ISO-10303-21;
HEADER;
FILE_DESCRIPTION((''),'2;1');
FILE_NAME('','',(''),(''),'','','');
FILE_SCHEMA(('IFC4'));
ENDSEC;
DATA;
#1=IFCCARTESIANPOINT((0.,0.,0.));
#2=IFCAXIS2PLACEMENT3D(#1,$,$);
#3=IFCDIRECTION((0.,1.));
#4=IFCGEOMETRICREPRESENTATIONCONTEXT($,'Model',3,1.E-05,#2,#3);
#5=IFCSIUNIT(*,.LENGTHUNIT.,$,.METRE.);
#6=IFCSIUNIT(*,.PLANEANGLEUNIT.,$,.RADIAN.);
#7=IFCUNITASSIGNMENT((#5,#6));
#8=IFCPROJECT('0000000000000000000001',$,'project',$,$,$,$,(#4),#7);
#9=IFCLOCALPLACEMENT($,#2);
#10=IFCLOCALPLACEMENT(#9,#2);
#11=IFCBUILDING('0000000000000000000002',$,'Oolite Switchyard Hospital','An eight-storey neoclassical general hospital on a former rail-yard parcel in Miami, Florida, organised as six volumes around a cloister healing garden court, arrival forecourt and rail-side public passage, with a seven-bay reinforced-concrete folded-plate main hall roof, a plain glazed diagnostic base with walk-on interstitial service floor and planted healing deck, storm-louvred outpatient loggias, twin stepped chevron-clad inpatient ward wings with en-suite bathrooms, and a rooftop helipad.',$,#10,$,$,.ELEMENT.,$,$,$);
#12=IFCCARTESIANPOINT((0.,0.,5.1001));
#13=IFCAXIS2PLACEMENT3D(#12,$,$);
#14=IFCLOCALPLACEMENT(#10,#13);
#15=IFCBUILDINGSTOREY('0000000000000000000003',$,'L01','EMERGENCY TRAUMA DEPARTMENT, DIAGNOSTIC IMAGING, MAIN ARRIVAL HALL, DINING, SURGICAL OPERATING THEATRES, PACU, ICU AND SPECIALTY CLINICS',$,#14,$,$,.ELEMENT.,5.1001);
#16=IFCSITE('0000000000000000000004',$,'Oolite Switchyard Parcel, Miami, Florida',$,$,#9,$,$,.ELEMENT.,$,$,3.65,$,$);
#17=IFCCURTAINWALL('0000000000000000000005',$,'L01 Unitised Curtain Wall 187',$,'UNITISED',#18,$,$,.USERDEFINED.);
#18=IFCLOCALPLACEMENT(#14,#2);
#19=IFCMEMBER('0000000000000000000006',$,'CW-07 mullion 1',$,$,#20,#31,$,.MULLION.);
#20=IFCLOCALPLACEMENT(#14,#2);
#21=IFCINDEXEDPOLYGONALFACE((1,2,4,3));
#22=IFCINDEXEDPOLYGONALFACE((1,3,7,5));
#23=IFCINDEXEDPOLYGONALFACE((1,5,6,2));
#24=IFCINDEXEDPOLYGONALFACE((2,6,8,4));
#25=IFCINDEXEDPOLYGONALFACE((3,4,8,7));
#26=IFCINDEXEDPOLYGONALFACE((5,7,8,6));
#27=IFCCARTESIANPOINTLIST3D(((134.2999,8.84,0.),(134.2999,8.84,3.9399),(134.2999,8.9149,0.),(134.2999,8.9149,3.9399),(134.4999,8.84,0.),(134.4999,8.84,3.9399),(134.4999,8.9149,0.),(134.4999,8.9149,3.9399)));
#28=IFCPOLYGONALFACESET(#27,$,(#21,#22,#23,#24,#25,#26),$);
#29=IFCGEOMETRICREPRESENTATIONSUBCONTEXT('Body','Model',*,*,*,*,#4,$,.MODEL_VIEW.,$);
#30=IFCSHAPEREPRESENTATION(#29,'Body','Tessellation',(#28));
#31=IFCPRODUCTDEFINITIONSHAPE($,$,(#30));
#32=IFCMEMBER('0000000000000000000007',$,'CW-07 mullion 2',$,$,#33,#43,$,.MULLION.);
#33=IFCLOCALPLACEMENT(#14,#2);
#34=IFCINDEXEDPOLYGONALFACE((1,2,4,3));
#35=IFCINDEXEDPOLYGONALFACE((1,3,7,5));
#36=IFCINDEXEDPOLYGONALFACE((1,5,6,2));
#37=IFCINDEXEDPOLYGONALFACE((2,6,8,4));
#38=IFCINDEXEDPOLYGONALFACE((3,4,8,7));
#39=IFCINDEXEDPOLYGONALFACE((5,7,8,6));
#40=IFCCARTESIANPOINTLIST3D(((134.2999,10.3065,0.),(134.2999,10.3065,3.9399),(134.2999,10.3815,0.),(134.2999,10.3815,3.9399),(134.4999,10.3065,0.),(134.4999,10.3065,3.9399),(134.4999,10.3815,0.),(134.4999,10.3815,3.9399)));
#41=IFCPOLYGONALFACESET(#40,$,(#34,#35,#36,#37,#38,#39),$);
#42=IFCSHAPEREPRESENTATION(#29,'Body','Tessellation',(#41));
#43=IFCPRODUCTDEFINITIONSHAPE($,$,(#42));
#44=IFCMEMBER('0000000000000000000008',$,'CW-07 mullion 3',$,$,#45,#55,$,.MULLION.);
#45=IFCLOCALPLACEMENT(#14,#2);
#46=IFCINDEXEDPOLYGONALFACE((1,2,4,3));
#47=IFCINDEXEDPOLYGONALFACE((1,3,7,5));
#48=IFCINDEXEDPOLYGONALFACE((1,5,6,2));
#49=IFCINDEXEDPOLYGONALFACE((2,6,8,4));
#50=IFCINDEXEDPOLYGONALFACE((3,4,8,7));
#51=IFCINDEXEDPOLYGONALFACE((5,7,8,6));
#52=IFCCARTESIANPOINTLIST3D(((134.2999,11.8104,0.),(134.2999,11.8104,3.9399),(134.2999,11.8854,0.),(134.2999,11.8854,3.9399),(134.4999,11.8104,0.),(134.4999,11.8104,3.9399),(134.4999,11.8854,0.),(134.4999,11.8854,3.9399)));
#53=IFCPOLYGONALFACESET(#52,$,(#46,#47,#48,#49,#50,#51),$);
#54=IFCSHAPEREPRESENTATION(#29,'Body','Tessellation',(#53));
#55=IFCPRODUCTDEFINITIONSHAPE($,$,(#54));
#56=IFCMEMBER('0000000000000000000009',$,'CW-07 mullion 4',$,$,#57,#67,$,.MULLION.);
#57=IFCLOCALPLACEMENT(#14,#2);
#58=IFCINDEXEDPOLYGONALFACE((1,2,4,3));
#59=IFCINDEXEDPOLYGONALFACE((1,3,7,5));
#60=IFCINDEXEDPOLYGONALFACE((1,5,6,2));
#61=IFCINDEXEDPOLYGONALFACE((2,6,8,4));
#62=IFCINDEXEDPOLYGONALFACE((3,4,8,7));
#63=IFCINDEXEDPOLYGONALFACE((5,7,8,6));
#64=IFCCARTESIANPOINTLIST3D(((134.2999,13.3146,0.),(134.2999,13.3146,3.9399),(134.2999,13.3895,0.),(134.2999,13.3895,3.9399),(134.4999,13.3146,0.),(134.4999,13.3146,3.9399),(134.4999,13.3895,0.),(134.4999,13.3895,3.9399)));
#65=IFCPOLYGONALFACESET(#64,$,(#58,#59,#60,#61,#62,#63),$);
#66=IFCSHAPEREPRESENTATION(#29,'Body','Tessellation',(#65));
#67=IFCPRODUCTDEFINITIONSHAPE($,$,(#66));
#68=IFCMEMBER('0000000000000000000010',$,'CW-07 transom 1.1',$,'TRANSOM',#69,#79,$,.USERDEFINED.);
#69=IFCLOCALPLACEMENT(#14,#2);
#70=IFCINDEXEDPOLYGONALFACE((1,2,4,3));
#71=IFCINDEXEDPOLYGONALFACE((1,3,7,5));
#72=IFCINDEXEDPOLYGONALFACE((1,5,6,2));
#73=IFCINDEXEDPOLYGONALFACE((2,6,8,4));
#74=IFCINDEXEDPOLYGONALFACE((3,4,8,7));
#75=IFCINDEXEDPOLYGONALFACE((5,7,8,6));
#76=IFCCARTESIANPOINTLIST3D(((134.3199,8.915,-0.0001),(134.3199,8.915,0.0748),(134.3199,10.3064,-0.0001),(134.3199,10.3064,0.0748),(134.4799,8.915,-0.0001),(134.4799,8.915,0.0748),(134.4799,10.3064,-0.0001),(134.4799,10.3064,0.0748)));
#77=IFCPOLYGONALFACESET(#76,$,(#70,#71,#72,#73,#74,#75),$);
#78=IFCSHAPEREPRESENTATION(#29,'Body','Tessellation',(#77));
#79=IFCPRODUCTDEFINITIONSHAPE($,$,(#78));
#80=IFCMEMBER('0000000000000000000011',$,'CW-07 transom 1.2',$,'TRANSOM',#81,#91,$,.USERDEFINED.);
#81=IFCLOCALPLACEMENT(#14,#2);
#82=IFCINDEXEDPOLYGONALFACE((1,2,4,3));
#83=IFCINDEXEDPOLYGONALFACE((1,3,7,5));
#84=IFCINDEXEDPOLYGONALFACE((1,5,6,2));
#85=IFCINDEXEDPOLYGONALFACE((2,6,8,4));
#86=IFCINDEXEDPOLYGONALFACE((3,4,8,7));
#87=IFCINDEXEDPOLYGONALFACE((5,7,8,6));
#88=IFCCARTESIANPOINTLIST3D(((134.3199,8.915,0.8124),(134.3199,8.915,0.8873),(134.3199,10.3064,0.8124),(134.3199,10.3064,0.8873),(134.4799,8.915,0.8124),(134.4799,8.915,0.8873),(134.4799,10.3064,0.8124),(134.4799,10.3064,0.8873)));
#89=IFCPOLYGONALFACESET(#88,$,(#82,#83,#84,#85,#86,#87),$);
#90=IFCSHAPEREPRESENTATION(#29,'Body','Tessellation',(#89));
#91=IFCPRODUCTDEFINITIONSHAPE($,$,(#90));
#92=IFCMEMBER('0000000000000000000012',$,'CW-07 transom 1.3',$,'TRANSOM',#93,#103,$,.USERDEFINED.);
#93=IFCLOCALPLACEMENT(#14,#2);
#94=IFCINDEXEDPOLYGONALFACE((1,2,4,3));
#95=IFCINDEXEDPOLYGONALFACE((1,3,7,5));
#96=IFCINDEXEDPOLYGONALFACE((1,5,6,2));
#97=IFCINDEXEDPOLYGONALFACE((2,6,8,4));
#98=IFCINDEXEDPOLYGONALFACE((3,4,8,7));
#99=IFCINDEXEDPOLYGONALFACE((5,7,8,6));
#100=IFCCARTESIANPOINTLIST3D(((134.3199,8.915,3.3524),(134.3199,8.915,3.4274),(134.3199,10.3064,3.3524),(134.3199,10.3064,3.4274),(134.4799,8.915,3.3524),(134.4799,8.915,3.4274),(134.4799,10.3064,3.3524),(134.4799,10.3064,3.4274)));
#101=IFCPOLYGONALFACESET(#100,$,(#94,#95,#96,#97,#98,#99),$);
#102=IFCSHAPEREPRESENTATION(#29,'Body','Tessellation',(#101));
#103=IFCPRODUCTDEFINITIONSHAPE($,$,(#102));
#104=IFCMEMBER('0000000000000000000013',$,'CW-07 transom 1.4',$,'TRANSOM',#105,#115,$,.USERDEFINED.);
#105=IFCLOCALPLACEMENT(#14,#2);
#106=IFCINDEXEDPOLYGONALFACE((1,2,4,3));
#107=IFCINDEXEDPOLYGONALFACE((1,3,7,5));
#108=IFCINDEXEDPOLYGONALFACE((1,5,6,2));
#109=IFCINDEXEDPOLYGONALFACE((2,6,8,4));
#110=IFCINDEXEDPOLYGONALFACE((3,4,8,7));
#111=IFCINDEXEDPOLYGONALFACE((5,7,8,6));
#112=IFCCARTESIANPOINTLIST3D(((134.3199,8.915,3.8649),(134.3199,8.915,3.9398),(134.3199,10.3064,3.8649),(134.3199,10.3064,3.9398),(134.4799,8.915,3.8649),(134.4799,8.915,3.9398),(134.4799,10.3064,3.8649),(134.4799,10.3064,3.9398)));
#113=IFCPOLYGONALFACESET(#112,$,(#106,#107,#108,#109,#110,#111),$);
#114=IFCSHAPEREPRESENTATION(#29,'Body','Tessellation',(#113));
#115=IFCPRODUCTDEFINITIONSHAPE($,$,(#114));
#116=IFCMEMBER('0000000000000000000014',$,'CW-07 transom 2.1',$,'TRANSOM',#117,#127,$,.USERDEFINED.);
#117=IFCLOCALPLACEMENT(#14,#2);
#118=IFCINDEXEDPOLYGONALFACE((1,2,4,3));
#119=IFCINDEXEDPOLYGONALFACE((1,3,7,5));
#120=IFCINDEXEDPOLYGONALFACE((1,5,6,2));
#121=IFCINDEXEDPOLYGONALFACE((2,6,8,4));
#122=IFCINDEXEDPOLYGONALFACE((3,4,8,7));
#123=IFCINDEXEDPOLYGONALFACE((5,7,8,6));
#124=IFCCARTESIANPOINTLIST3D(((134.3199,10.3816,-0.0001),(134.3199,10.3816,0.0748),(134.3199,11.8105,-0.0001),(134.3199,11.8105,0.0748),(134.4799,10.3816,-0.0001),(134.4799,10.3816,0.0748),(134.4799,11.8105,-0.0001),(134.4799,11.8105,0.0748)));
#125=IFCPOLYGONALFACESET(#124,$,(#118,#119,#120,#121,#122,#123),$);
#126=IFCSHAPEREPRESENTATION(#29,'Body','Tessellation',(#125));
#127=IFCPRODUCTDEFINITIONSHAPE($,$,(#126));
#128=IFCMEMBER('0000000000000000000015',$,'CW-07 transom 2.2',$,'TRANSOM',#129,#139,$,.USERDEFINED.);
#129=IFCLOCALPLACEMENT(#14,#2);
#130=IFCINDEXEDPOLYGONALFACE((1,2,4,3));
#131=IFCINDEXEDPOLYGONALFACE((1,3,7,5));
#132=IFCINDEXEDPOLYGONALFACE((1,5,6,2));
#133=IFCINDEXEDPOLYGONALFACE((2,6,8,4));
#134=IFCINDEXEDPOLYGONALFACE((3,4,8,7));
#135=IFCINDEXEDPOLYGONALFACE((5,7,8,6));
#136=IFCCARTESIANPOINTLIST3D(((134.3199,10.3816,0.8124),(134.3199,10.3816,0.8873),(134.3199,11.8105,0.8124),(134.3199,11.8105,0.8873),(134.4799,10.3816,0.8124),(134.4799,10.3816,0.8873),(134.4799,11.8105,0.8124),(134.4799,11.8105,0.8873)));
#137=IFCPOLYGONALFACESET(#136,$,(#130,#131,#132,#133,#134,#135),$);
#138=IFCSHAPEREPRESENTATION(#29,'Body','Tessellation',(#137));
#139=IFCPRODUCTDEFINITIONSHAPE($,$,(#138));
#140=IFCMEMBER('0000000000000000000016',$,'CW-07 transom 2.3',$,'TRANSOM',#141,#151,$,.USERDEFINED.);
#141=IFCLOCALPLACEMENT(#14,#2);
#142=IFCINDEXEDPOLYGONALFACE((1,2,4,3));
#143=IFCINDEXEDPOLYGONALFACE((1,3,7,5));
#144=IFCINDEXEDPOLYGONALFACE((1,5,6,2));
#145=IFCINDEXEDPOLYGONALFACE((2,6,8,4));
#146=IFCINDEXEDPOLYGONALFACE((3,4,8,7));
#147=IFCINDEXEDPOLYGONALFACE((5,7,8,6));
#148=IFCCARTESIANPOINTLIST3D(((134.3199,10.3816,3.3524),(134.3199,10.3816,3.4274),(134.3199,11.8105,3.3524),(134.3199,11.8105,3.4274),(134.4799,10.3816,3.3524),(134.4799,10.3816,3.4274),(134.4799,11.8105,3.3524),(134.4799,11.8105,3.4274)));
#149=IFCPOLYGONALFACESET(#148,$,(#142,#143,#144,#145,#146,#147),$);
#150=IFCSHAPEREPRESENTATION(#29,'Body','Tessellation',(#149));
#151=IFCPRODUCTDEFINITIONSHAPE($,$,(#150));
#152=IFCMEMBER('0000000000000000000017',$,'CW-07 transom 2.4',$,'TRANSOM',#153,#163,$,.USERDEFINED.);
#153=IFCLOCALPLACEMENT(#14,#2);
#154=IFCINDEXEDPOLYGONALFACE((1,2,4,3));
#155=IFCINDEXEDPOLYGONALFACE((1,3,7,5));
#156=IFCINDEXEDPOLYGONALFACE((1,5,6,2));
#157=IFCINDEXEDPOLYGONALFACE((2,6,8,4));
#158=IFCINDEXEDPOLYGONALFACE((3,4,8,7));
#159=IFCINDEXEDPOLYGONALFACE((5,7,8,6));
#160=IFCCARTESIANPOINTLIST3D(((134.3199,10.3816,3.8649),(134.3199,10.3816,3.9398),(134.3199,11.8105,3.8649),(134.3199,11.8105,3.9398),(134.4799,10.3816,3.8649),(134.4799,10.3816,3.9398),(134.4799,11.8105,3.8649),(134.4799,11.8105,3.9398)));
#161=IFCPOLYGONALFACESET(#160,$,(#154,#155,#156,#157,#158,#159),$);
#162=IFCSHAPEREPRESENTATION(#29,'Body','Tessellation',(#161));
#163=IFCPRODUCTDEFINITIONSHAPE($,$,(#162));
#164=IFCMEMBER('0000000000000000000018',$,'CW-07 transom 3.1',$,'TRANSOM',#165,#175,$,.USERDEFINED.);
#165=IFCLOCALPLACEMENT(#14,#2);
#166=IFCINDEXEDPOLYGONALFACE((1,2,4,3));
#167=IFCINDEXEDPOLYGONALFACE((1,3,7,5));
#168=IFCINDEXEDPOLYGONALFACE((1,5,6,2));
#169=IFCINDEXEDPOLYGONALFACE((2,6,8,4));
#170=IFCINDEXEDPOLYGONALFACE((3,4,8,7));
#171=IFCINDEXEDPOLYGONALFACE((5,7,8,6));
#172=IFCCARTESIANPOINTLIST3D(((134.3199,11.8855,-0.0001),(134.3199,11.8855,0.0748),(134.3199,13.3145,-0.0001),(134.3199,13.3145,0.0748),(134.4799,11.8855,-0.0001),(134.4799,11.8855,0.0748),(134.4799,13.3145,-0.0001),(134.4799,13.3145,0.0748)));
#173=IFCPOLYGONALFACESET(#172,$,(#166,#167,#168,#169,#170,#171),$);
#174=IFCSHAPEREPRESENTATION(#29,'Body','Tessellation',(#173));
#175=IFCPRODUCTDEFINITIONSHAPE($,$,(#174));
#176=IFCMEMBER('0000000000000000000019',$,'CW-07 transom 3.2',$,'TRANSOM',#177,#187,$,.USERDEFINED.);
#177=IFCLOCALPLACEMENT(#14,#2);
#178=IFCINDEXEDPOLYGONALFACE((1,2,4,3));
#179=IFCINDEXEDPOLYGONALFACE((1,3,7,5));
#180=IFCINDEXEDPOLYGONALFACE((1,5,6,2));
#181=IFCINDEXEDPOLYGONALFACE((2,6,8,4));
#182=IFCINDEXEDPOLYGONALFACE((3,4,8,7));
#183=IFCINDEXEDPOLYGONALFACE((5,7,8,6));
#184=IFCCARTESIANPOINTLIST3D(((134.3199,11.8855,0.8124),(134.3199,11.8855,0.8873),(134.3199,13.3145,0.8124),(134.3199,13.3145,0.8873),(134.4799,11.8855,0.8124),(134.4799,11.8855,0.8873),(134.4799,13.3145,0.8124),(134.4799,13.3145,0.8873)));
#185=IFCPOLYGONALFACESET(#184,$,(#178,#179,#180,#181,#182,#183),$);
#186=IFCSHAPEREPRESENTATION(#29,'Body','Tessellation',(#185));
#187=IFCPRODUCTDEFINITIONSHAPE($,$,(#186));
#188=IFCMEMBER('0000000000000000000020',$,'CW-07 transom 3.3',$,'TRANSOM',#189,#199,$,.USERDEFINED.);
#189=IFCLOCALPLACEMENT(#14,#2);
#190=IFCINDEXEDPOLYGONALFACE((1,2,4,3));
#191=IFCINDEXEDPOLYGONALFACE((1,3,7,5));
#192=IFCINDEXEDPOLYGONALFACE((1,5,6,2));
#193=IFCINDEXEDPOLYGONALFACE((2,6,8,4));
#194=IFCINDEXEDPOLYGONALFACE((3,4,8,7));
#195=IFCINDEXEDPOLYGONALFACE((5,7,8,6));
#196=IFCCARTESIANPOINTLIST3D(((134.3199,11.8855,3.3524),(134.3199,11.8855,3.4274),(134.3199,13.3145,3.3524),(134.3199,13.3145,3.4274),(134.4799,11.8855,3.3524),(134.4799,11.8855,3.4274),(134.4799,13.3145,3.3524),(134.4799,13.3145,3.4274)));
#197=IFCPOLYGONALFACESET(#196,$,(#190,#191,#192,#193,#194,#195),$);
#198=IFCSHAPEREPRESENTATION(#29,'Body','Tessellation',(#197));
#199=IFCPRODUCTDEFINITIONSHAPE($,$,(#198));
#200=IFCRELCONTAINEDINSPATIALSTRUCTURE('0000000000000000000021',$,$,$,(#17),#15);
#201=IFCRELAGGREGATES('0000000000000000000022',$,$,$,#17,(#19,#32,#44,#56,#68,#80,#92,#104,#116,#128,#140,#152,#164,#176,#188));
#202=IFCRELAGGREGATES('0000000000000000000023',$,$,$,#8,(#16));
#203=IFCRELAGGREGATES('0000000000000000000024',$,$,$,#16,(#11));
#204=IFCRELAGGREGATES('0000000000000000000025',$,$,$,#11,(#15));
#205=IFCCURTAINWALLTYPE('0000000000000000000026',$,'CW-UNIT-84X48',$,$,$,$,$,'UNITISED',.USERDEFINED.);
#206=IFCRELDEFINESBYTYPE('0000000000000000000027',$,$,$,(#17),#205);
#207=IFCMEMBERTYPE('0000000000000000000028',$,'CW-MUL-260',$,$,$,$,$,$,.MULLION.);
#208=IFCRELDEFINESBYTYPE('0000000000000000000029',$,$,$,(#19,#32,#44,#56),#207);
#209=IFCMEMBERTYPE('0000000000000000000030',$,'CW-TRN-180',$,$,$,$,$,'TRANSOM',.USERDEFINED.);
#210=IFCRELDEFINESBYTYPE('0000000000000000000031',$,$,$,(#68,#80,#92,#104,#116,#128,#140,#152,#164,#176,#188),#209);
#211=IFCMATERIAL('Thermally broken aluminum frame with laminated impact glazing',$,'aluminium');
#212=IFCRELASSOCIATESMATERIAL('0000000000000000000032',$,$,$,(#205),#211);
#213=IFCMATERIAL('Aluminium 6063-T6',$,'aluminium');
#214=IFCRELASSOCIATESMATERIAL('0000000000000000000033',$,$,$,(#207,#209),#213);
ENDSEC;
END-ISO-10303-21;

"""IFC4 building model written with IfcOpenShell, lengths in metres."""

from ifc_helpers import new_model, si_unit, direction, frame, origin, origin_2d, place, context, subcontext, project, spatial, rectangle, extrude, material, material_profile, profile_set, type_object, element, aggregate, save


model = new_model("IFC4")

# Units and contexts
model_context = context("Model", 3, precision=1e-05, world=origin(), true_north=direction((0.0, 1.0)))
body_context = subcontext(model_context, "Body", "Model", "MODEL_VIEW")
ifc_project = project(units=[si_unit("LENGTHUNIT", "METRE"), si_unit("PLANEANGLEUNIT", "RADIAN")], contexts=[model_context])

# Site, building, storey
site_placement = place(None, origin())
site = spatial("IfcSite", under=ifc_project, at=site_placement, Name="Oolite Switchyard Parcel, Miami, Florida", CompositionType="ELEMENT", RefElevation=3.65)
building_placement = place(site_placement, origin())
building = spatial("IfcBuilding", under=site, at=building_placement, Name="Oolite Switchyard Hospital", Description="An eight-storey neoclassical general hospital on a former rail-yard parcel in Miami, Florida, organised as six volumes around a cloister healing garden court, arrival forecourt and rail-side public passage, with a seven-bay reinforced-concrete folded-plate main hall roof, a plain glazed diagnostic base with walk-on interstitial service floor and planted healing deck, storm-louvred outpatient loggias, twin stepped chevron-clad inpatient ward wings with en-suite bathrooms, and a rooftop helipad.", CompositionType="ELEMENT")
storey_placement = place(building_placement, frame((0.0, 0.0, 5.1001)))
storey = spatial("IfcBuildingStorey", under=building, at=storey_placement, Name="L01", Description="EMERGENCY TRAUMA DEPARTMENT, DIAGNOSTIC IMAGING, MAIN ARRIVAL HALL, DINING, SURGICAL OPERATING THEATRES, PACU, ICU AND SPECIALTY CLINICS", CompositionType="ELEMENT", Elevation=5.1001)

# Curtain wall, members
ifc_material_1 = material(Name="Thermally broken aluminum frame with laminated impact glazing", Category="aluminium")
curtain_wall_type = type_object("IfcCurtainWallType", Name="CW-UNIT-84X48", ElementType="UNITISED", PredefinedType="USERDEFINED", material=ifc_material_1)
curtain_wall_placement = place(storey_placement, origin())
curtain_wall = element("IfcCurtainWall", 1, at=curtain_wall_placement, inside=storey, type_object=curtain_wall_type, Name="L01 Unitised Curtain Wall 187", ObjectType="UNITISED", PredefinedType="USERDEFINED")
ifc_material_2 = material(Name="Aluminium 6063-T6", Category="aluminium")
ifc_material_profile_1 = material_profile(ifc_material_2, rectangle(XDim=0.2, YDim=0.075, at=origin_2d()), Name="CWM75X200")
ifc_profile_set_1 = profile_set([ifc_material_profile_1], Name="Aluminium 6063-T6")
member_type_1 = type_object("IfcMemberType", Name="CW-MUL-260", PredefinedType="MULLION", material=ifc_profile_set_1)
member_1_placement = place(storey_placement, frame((134.3999, 8.8774, 0.0), z_axis=(0.0, 0.0, 1.0), x_axis=(-1.0, 0.0, 0.0)))
member_1 = element("IfcMember", 2, at=member_1_placement, type_object=member_type_1, Name="CW-07 mullion 1", PredefinedType="MULLION", context=body_context, shape_type="SweptSolid", body=[
    extrude(rectangle(XDim=0.2, YDim=0.075, at=origin_2d()), origin(), (0.0, 0.0, 1.0), 3.9399),
])
member_2_placement = place(storey_placement, frame((134.3999, 10.344, 0.0), z_axis=(0.0, 0.0, 1.0), x_axis=(-1.0, 0.0, 0.0)))
member_2 = element("IfcMember", 3, at=member_2_placement, type_object=member_type_1, Name="CW-07 mullion 2", PredefinedType="MULLION", context=body_context, shape_type="SweptSolid", body=[
    extrude(rectangle(XDim=0.2, YDim=0.075, at=origin_2d()), origin(), (0.0, 0.0, 1.0), 3.9399),
])
member_3_placement = place(storey_placement, frame((134.3999, 11.8479, 0.0), z_axis=(0.0, 0.0, 1.0), x_axis=(-1.0, 0.0, 0.0)))
member_3 = element("IfcMember", 4, at=member_3_placement, type_object=member_type_1, Name="CW-07 mullion 3", PredefinedType="MULLION", context=body_context, shape_type="SweptSolid", body=[
    extrude(rectangle(XDim=0.2, YDim=0.075, at=origin_2d()), origin(), (0.0, 0.0, 1.0), 3.9399),
])
member_4_placement = place(storey_placement, frame((134.3999, 13.3521, 0.0), z_axis=(0.0, 0.0, 1.0), x_axis=(-1.0, 0.0, 0.0)))
member_4 = element("IfcMember", 5, at=member_4_placement, type_object=member_type_1, Name="CW-07 mullion 4", PredefinedType="MULLION", context=body_context, shape_type="SweptSolid", body=[
    extrude(rectangle(XDim=0.2, YDim=0.075, at=origin_2d()), origin(), (0.0, 0.0, 1.0), 3.9399),
])
ifc_material_profile_2 = material_profile(ifc_material_2, rectangle(XDim=0.1599, YDim=0.075, at=origin_2d()), Name="CWT75X160")
ifc_profile_set_2 = profile_set([ifc_material_profile_2], Name="Aluminium 6063-T6")
member_type_2 = type_object("IfcMemberType", Name="CW-TRN-180", ElementType="TRANSOM", PredefinedType="USERDEFINED", material=ifc_profile_set_2)
member_5_placement = place(storey_placement, frame((134.3999, 8.915, 0.0374), z_axis=(0.0, 1.0, 0.0), x_axis=(-1.0, 0.0, 0.0)))
member_5 = element("IfcMember", 6, at=member_5_placement, type_object=member_type_2, Name="CW-07 transom 1.1", ObjectType="TRANSOM", PredefinedType="USERDEFINED", context=body_context, shape_type="SweptSolid", body=[
    extrude(rectangle(XDim=0.1599, YDim=0.075, at=origin_2d()), origin(), (0.0, 0.0, 1.0), 1.3914),
])
member_6_placement = place(storey_placement, frame((134.3999, 8.915, 0.8499), z_axis=(0.0, 1.0, 0.0), x_axis=(-1.0, 0.0, 0.0)))
member_6 = element("IfcMember", 7, at=member_6_placement, type_object=member_type_2, Name="CW-07 transom 1.2", ObjectType="TRANSOM", PredefinedType="USERDEFINED", context=body_context, shape_type="SweptSolid", body=[
    extrude(rectangle(XDim=0.1599, YDim=0.075, at=origin_2d()), origin(), (0.0, 0.0, 1.0), 1.3914),
])
member_7_placement = place(storey_placement, frame((134.3999, 8.915, 3.3899), z_axis=(0.0, 1.0, 0.0), x_axis=(-1.0, 0.0, 0.0)))
member_7 = element("IfcMember", 8, at=member_7_placement, type_object=member_type_2, Name="CW-07 transom 1.3", ObjectType="TRANSOM", PredefinedType="USERDEFINED", context=body_context, shape_type="SweptSolid", body=[
    extrude(rectangle(XDim=0.1599, YDim=0.075, at=origin_2d()), origin(), (0.0, 0.0, 1.0), 1.3914),
])
member_8_placement = place(storey_placement, frame((134.3999, 8.915, 3.9023), z_axis=(0.0, 1.0, 0.0), x_axis=(-1.0, 0.0, 0.0)))
member_8 = element("IfcMember", 9, at=member_8_placement, type_object=member_type_2, Name="CW-07 transom 1.4", ObjectType="TRANSOM", PredefinedType="USERDEFINED", context=body_context, shape_type="SweptSolid", body=[
    extrude(rectangle(XDim=0.1599, YDim=0.075, at=origin_2d()), origin(), (0.0, 0.0, 1.0), 1.3914),
])
member_9_placement = place(storey_placement, frame((134.3999, 10.3816, 0.0374), z_axis=(0.0, 1.0, 0.0), x_axis=(-1.0, 0.0, 0.0)))
member_9 = element("IfcMember", 10, at=member_9_placement, type_object=member_type_2, Name="CW-07 transom 2.1", ObjectType="TRANSOM", PredefinedType="USERDEFINED", context=body_context, shape_type="SweptSolid", body=[
    extrude(rectangle(XDim=0.1599, YDim=0.075, at=origin_2d()), origin(), (0.0, 0.0, 1.0), 1.429),
])
member_10_placement = place(storey_placement, frame((134.3999, 10.3816, 0.8499), z_axis=(0.0, 1.0, 0.0), x_axis=(-1.0, 0.0, 0.0)))
member_10 = element("IfcMember", 11, at=member_10_placement, type_object=member_type_2, Name="CW-07 transom 2.2", ObjectType="TRANSOM", PredefinedType="USERDEFINED", context=body_context, shape_type="SweptSolid", body=[
    extrude(rectangle(XDim=0.1599, YDim=0.075, at=origin_2d()), origin(), (0.0, 0.0, 1.0), 1.429),
])
member_11_placement = place(storey_placement, frame((134.3999, 10.3816, 3.3899), z_axis=(0.0, 1.0, 0.0), x_axis=(-1.0, 0.0, 0.0)))
member_11 = element("IfcMember", 12, at=member_11_placement, type_object=member_type_2, Name="CW-07 transom 2.3", ObjectType="TRANSOM", PredefinedType="USERDEFINED", context=body_context, shape_type="SweptSolid", body=[
    extrude(rectangle(XDim=0.1599, YDim=0.075, at=origin_2d()), origin(), (0.0, 0.0, 1.0), 1.429),
])
member_12_placement = place(storey_placement, frame((134.3999, 10.3816, 3.9023), z_axis=(0.0, 1.0, 0.0), x_axis=(-1.0, 0.0, 0.0)))
member_12 = element("IfcMember", 13, at=member_12_placement, type_object=member_type_2, Name="CW-07 transom 2.4", ObjectType="TRANSOM", PredefinedType="USERDEFINED", context=body_context, shape_type="SweptSolid", body=[
    extrude(rectangle(XDim=0.1599, YDim=0.075, at=origin_2d()), origin(), (0.0, 0.0, 1.0), 1.429),
])
member_13_placement = place(storey_placement, frame((134.3999, 11.8855, 0.0374), z_axis=(0.0, 1.0, 0.0), x_axis=(-1.0, 0.0, 0.0)))
member_13 = element("IfcMember", 14, at=member_13_placement, type_object=member_type_2, Name="CW-07 transom 3.1", ObjectType="TRANSOM", PredefinedType="USERDEFINED", context=body_context, shape_type="SweptSolid", body=[
    extrude(rectangle(XDim=0.1599, YDim=0.075, at=origin_2d()), origin(), (0.0, 0.0, 1.0), 1.429),
])
member_14_placement = place(storey_placement, frame((134.3999, 11.8855, 0.8499), z_axis=(0.0, 1.0, 0.0), x_axis=(-1.0, 0.0, 0.0)))
member_14 = element("IfcMember", 15, at=member_14_placement, type_object=member_type_2, Name="CW-07 transom 3.2", ObjectType="TRANSOM", PredefinedType="USERDEFINED", context=body_context, shape_type="SweptSolid", body=[
    extrude(rectangle(XDim=0.1599, YDim=0.075, at=origin_2d()), origin(), (0.0, 0.0, 1.0), 1.429),
])
member_15_placement = place(storey_placement, frame((134.3999, 11.8855, 3.3899), z_axis=(0.0, 1.0, 0.0), x_axis=(-1.0, 0.0, 0.0)))
member_15 = element("IfcMember", 16, at=member_15_placement, type_object=member_type_2, Name="CW-07 transom 3.3", ObjectType="TRANSOM", PredefinedType="USERDEFINED", context=body_context, shape_type="SweptSolid", body=[
    extrude(rectangle(XDim=0.1599, YDim=0.075, at=origin_2d()), origin(), (0.0, 0.0, 1.0), 1.429),
])
aggregate(curtain_wall, [member_1, member_2, member_3, member_4, member_5, member_6, member_7, member_8, member_9, member_10, member_11, member_12, member_13, member_14, member_15])

save(model, "model.ifc")
